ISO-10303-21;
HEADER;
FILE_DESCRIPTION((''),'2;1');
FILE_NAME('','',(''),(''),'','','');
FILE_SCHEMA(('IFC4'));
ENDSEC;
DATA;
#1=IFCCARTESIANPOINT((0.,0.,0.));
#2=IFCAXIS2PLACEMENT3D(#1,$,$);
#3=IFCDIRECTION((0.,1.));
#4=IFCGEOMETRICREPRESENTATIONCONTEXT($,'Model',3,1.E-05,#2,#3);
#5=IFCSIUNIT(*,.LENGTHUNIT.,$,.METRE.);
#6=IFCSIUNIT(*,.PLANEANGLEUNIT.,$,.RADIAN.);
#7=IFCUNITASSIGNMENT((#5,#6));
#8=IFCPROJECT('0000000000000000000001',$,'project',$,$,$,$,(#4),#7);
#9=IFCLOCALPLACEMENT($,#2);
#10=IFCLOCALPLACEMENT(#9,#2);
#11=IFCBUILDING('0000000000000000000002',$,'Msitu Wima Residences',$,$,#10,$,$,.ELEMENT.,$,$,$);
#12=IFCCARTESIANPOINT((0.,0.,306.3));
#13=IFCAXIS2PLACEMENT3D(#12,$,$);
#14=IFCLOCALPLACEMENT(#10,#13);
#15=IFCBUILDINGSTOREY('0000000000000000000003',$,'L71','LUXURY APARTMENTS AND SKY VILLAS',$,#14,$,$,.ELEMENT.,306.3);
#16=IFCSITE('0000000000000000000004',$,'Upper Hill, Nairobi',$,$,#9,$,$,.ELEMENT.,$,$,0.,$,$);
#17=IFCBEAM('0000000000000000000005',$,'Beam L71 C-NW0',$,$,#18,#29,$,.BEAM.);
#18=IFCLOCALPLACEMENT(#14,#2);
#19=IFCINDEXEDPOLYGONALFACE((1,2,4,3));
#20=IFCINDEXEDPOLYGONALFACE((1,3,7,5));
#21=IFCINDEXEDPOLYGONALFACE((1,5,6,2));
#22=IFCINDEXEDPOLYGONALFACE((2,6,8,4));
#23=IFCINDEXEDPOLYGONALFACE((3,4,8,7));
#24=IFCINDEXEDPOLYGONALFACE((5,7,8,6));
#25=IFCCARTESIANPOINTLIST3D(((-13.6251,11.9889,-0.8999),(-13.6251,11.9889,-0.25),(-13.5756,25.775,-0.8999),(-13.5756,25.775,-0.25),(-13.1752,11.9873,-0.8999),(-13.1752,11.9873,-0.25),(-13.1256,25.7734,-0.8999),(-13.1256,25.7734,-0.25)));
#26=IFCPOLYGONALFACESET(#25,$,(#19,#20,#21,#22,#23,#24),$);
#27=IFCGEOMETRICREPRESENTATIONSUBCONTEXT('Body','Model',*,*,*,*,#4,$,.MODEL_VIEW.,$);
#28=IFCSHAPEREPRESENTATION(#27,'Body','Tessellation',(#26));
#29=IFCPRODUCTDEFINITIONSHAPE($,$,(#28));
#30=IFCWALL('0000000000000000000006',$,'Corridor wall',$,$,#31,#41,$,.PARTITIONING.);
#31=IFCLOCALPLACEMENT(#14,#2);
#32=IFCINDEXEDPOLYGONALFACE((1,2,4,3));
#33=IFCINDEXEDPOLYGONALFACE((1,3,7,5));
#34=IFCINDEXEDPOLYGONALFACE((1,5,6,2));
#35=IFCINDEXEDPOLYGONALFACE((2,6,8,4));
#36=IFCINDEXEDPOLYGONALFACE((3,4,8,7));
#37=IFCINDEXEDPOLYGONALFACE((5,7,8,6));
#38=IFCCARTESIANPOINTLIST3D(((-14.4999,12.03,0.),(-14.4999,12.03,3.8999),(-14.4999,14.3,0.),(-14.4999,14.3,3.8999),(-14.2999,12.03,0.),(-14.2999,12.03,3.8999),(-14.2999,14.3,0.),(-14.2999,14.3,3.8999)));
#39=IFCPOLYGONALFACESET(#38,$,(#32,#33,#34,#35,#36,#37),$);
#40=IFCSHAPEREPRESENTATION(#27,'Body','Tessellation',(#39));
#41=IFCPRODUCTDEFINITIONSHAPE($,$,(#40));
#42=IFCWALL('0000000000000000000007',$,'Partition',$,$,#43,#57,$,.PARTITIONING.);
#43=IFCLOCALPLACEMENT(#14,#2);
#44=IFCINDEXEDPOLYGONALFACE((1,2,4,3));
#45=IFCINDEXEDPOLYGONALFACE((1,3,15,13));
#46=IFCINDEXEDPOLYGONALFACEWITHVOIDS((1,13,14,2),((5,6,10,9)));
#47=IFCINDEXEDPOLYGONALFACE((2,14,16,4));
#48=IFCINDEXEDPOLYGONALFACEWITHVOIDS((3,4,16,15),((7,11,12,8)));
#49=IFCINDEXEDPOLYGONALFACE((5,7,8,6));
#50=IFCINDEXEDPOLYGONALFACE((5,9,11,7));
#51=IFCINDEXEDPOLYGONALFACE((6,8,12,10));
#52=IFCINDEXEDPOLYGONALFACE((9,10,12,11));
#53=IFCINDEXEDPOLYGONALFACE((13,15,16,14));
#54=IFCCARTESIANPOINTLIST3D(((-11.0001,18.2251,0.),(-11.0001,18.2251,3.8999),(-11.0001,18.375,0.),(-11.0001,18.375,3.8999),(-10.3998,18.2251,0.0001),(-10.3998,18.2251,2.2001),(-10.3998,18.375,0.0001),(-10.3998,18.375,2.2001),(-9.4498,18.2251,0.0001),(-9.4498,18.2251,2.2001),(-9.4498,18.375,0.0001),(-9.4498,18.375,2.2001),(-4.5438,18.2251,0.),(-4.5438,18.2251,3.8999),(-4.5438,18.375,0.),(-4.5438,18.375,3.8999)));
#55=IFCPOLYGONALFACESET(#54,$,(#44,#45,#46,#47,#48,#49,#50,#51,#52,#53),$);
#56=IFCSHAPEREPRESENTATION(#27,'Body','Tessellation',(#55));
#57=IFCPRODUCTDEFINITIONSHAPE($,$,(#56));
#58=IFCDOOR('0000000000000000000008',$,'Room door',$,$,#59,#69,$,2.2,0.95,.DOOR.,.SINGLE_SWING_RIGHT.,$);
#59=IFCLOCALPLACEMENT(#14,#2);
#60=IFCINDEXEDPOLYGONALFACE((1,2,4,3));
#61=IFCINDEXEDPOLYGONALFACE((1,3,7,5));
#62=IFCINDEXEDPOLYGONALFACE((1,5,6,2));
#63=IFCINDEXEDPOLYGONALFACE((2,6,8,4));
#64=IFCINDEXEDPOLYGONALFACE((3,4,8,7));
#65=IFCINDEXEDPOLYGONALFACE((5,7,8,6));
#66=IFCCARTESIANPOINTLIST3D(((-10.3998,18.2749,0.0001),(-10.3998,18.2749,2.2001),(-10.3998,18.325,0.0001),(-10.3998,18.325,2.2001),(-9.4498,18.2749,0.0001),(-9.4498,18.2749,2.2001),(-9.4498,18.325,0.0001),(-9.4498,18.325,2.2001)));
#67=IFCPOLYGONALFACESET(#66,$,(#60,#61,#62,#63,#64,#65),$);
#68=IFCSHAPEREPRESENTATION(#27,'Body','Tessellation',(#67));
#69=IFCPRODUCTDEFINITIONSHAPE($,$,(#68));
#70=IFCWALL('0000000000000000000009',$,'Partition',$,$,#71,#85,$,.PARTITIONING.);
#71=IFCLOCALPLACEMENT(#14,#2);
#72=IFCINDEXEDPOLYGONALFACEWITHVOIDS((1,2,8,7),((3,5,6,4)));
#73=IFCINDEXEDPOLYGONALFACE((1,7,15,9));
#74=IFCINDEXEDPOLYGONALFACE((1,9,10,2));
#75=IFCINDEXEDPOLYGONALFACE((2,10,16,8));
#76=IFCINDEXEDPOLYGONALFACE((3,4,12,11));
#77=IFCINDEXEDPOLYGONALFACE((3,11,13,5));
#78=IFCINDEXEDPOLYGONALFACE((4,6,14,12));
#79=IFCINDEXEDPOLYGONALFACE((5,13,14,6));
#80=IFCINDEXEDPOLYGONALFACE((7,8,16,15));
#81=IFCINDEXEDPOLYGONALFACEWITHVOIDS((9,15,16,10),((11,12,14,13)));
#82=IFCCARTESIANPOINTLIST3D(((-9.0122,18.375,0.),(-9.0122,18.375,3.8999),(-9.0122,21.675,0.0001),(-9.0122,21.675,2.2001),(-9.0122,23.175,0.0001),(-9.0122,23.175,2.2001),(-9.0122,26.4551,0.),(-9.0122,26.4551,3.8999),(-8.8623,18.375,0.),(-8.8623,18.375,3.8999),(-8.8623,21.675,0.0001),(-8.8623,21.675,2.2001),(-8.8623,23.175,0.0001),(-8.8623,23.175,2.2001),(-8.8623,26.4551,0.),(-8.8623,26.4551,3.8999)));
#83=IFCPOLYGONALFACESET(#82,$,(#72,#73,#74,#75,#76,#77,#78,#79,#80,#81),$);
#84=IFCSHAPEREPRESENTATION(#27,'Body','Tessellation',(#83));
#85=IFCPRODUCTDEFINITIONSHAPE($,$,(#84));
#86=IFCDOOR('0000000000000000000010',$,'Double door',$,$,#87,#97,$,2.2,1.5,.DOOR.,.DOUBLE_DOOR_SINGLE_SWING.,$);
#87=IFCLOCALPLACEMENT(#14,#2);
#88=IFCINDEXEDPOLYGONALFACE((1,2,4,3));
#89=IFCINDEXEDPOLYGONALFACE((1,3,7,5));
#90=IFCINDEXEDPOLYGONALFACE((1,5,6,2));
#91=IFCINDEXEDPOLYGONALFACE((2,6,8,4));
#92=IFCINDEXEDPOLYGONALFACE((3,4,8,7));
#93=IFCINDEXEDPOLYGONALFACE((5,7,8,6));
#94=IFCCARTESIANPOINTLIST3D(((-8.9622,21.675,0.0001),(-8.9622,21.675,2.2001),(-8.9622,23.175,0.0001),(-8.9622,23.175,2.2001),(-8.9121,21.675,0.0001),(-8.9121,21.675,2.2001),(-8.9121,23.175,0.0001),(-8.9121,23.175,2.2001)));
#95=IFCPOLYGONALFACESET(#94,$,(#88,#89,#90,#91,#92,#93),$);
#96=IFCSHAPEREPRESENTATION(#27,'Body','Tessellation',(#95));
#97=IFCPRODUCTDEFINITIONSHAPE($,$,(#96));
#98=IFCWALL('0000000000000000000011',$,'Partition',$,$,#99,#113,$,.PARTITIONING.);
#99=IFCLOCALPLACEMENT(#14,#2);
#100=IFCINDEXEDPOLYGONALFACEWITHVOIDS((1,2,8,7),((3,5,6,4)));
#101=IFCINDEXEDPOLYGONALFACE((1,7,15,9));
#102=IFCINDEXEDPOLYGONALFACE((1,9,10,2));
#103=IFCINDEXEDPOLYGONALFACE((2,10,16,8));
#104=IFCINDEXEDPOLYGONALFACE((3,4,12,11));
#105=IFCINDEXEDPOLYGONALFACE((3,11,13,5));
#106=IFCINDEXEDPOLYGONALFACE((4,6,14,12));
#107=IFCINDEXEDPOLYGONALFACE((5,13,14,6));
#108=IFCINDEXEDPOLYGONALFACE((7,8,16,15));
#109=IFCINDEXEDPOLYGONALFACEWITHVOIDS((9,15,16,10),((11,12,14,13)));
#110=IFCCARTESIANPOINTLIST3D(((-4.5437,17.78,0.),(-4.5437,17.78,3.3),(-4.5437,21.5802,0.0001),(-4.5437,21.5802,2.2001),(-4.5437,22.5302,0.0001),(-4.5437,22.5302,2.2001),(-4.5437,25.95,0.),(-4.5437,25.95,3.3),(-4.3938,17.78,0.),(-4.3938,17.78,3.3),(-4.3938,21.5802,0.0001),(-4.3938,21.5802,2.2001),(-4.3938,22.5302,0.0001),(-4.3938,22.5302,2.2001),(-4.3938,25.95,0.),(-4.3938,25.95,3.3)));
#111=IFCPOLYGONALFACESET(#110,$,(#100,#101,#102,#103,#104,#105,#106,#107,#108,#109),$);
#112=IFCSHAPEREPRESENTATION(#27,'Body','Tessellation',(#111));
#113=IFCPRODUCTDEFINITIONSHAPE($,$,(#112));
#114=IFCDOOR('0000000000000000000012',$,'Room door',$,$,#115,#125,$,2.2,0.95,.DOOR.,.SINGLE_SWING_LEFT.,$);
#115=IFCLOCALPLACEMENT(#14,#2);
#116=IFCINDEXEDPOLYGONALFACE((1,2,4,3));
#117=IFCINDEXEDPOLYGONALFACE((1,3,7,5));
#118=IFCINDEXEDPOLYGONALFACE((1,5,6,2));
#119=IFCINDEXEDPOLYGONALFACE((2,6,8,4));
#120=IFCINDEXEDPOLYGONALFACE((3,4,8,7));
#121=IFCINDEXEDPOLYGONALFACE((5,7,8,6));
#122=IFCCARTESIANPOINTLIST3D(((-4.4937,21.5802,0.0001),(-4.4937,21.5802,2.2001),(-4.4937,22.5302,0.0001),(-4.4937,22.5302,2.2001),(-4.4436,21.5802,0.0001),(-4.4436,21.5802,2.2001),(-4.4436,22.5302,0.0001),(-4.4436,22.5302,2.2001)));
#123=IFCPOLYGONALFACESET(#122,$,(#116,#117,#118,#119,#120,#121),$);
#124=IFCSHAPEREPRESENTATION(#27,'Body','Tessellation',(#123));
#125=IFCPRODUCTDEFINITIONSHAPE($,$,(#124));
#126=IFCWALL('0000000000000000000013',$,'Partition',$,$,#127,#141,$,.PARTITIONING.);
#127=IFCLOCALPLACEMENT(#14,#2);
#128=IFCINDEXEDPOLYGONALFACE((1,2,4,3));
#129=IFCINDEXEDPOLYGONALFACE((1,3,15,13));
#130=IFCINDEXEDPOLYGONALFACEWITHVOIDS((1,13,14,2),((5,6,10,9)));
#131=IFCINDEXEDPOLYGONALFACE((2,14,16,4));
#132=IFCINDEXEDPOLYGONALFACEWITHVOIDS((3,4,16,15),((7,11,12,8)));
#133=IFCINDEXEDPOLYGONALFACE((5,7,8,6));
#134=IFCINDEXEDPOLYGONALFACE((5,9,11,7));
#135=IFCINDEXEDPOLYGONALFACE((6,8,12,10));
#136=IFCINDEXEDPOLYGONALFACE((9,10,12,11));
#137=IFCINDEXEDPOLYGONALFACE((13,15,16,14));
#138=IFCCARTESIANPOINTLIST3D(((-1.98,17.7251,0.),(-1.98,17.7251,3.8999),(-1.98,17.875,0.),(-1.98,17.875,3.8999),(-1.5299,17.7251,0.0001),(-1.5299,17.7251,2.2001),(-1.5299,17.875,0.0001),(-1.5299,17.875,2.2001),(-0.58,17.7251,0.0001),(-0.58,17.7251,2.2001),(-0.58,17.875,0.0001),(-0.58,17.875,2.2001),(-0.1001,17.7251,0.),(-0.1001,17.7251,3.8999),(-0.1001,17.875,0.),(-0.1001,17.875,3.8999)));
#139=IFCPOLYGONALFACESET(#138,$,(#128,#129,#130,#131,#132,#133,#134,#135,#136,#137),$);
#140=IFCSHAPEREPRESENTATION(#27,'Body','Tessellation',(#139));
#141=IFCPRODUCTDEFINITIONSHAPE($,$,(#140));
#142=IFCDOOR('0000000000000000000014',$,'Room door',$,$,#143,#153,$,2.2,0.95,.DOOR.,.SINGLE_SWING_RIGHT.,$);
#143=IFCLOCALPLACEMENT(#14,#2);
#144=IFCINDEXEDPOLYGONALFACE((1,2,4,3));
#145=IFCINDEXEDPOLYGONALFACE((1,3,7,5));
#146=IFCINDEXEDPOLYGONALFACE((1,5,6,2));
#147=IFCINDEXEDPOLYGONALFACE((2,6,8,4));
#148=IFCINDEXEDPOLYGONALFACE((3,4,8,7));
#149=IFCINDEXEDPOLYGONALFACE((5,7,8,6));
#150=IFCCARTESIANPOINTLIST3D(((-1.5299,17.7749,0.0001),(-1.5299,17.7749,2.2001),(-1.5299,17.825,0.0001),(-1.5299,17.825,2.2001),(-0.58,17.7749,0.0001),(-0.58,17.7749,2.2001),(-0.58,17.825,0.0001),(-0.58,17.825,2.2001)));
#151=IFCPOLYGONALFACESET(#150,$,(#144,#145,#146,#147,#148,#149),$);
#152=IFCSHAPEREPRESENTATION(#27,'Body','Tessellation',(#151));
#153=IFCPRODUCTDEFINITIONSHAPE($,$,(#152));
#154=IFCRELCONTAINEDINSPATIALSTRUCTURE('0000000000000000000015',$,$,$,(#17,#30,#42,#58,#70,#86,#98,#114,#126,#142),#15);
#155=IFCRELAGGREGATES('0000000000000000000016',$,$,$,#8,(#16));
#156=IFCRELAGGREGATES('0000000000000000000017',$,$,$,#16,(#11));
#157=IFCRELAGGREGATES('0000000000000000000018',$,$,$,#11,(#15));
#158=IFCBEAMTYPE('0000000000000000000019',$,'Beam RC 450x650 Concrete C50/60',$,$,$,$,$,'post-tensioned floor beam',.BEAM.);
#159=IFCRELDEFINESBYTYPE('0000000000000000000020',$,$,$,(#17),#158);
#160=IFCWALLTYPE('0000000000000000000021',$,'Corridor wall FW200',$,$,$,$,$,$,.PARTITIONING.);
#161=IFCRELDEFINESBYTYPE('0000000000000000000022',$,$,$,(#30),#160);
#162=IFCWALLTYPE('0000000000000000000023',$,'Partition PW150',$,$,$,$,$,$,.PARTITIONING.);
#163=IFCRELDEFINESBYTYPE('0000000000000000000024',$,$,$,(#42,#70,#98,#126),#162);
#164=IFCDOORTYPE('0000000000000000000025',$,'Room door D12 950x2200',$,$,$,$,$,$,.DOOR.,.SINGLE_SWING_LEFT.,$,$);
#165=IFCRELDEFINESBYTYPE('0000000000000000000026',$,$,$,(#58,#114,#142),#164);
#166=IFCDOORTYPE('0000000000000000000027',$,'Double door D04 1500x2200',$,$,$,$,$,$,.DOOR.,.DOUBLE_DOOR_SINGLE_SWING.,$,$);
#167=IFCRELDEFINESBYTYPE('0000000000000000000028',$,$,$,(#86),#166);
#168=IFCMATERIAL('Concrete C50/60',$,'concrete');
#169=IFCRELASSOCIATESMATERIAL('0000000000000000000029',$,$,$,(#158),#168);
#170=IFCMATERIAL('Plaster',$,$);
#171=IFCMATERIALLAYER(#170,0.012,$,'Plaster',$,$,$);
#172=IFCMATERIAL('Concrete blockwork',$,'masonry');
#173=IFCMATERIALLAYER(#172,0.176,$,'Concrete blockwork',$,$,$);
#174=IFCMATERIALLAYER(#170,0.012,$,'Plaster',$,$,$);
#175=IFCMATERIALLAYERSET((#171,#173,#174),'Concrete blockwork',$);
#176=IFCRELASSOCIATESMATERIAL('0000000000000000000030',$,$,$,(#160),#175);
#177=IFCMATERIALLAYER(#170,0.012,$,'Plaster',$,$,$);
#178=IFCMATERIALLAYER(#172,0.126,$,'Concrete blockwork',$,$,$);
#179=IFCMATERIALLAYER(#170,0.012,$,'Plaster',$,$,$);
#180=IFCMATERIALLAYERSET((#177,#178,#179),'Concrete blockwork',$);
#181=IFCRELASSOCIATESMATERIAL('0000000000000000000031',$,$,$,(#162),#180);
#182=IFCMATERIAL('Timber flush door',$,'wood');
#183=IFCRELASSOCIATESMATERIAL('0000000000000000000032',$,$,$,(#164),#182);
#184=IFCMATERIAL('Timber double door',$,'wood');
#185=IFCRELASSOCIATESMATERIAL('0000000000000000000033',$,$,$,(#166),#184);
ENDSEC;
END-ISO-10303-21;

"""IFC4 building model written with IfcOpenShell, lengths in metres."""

from ifc_helpers import new_model, si_unit, direction, frame, frame_2d, origin, origin_2d, place, context, subcontext, project, spatial, rectangle, extrude, material, layer, layer_set, material_profile, profile_set, type_object, element, fill, save


model = new_model("IFC4")

# Units and contexts
model_context = context("Model", 3, precision=1e-05, world=origin(), true_north=direction((0.0, 1.0)))
body_context = subcontext(model_context, "Body", "Model", "MODEL_VIEW")
ifc_project = project(units=[si_unit("LENGTHUNIT", "METRE"), si_unit("PLANEANGLEUNIT", "RADIAN")], contexts=[model_context])

# Site, building, storey
site_placement = place(None, origin())
site = spatial("IfcSite", under=ifc_project, at=site_placement, Name="Upper Hill, Nairobi", CompositionType="ELEMENT", RefElevation=0.0)
building_placement = place(site_placement, origin())
building = spatial("IfcBuilding", under=site, at=building_placement, Name="Msitu Wima Residences", CompositionType="ELEMENT")
storey_placement = place(building_placement, frame((0.0, 0.0, 306.3)))
storey = spatial("IfcBuildingStorey", under=building, at=storey_placement, Name="L71", Description="LUXURY APARTMENTS AND SKY VILLAS", CompositionType="ELEMENT", Elevation=306.3)

# Beam
ifc_material_1 = material(Name="Concrete C50/60", Category="concrete")
ifc_material_profile = material_profile(ifc_material_1, rectangle(XDim=0.45, YDim=0.6499, at=origin_2d()), Name="RC 450x650")
ifc_profile_set = profile_set([ifc_material_profile], Name="Concrete C50/60")
beam_type = type_object("IfcBeamType", Name="Beam RC 450x650 Concrete C50/60", ElementType="post-tensioned floor beam", PredefinedType="BEAM", material=ifc_profile_set)
beam_placement = place(storey_placement, frame((-13.3506, 25.7742, -0.575), z_axis=(-0.003595, -0.999994, 0.0), x_axis=(0.999994, -0.003595, 0.0)))
element("IfcBeam", 1, at=beam_placement, inside=storey, type_object=beam_type, Name="Beam L71 C-NW0", PredefinedType="BEAM", context=body_context, shape_type="SweptSolid", body=[
    extrude(rectangle(XDim=0.45, YDim=0.6499, at=origin_2d()), origin(), (0.0, 0.0, 1.0), 13.7861),
])

# Wall
ifc_material_2 = material(Name="Plaster")
ifc_layer_1 = layer(ifc_material_2, 0.012, Name="Plaster")
ifc_material_3 = material(Name="Concrete blockwork", Category="masonry")
ifc_layer_2 = layer(ifc_material_3, 0.176, Name="Concrete blockwork")
ifc_layer_3 = layer(ifc_material_2, 0.012, Name="Plaster")
ifc_layer_set_1 = layer_set([ifc_layer_1, ifc_layer_2, ifc_layer_3], Name="Concrete blockwork")
wall_type_1 = type_object("IfcWallType", Name="Corridor wall FW200", PredefinedType="PARTITIONING", material=ifc_layer_set_1)
wall_1_placement = place(storey_placement, frame((-14.3999, 12.03, 0.0), z_axis=(0.0, 0.0, 1.0), x_axis=(0.0, 1.0, 0.0)))
element("IfcWall", 2, at=wall_1_placement, inside=storey, type_object=wall_type_1, Name="Corridor wall", PredefinedType="PARTITIONING", context=body_context, shape_type="SweptSolid", body=[
    extrude(rectangle(XDim=2.27, YDim=0.2, at=frame_2d((1.135, 0.0))), origin(), (0.0, 0.0, 1.0), 3.8999),
])

# Walls, openings, doors
ifc_layer_4 = layer(ifc_material_2, 0.012, Name="Plaster")
ifc_layer_5 = layer(ifc_material_3, 0.126, Name="Concrete blockwork")
ifc_layer_6 = layer(ifc_material_2, 0.012, Name="Plaster")
ifc_layer_set_2 = layer_set([ifc_layer_4, ifc_layer_5, ifc_layer_6], Name="Concrete blockwork")
wall_type_2 = type_object("IfcWallType", Name="Partition PW150", PredefinedType="PARTITIONING", material=ifc_layer_set_2)
wall_2_placement = place(storey_placement, frame((-11.0, 18.3, 0.0), z_axis=(0.0, 0.0, 1.0), x_axis=(1.0, 0.0, 0.0)))
wall_2 = element("IfcWall", 3, at=wall_2_placement, inside=storey, type_object=wall_type_2, Name="Partition", PredefinedType="PARTITIONING", context=body_context, shape_type="SweptSolid", body=[
    extrude(rectangle(XDim=6.4563, YDim=0.1499, at=frame_2d((3.228, 0.0))), origin(), (0.0, 0.0, 1.0), 3.8999),
])
opening_1_placement = place(wall_2_placement, frame((0.6001, 0.0, 0.0)))
opening_1 = element("IfcOpeningElement", 4, at=opening_1_placement, cuts=wall_2, PredefinedType="OPENING", context=body_context, shape_type="SweptSolid", body=[
    extrude(rectangle(XDim=0.95, YDim=2.2, at=frame_2d((0.4751, 1.1001))), frame((0.0, 0.085, 0.0), z_axis=(0.0, -1.0, 0.0), x_axis=(1.0, 0.0, 0.0)), (0.0, 0.0, 1.0), 0.1699),
])
ifc_material_4 = material(Name="Timber flush door", Category="wood")
door_type_1 = type_object("IfcDoorType", Name="Room door D12 950x2200", OperationType="SINGLE_SWING_LEFT", PredefinedType="DOOR", material=ifc_material_4)
door_1_placement = place(opening_1_placement, origin())
door_1 = element("IfcDoor", 5, at=door_1_placement, inside=storey, type_object=door_type_1, Name="Room door", OperationType="SINGLE_SWING_RIGHT", OverallHeight=2.2, OverallWidth=0.95, PredefinedType="DOOR", context=body_context, shape_type="SweptSolid", body=[
    extrude(rectangle(XDim=0.95, YDim=2.2, at=frame_2d((0.4751, 1.1001))), frame((0.0, 0.0249, 0.0), z_axis=(0.0, -1.0, 0.0), x_axis=(1.0, 0.0, 0.0)), (0.0, 0.0, 1.0), 0.05),
])
fill(opening_1, door_1)
wall_3_placement = place(storey_placement, frame((-8.9373, 18.375, 0.0), z_axis=(0.0, 0.0, 1.0), x_axis=(0.0, 1.0, 0.0)))
wall_3 = element("IfcWall", 6, at=wall_3_placement, inside=storey, type_object=wall_type_2, Name="Partition", PredefinedType="PARTITIONING", context=body_context, shape_type="SweptSolid", body=[
    extrude(rectangle(XDim=8.0801, YDim=0.1499, at=frame_2d((4.04, 0.0))), origin(), (0.0, 0.0, 1.0), 3.8999),
])
opening_2_placement = place(wall_3_placement, frame((3.3, 0.0, 0.0)))
opening_2 = element("IfcOpeningElement", 7, at=opening_2_placement, cuts=wall_3, PredefinedType="OPENING", context=body_context, shape_type="SweptSolid", body=[
    extrude(rectangle(XDim=1.5, YDim=2.2, at=frame_2d((0.75, 1.1001))), frame((0.0, 0.085, 0.0), z_axis=(0.0, -1.0, 0.0), x_axis=(1.0, 0.0, 0.0)), (0.0, 0.0, 1.0), 0.1699),
])
ifc_material_5 = material(Name="Timber double door", Category="wood")
door_type_2 = type_object("IfcDoorType", Name="Double door D04 1500x2200", OperationType="DOUBLE_DOOR_SINGLE_SWING", PredefinedType="DOOR", material=ifc_material_5)
door_2_placement = place(opening_2_placement, origin())
door_2 = element("IfcDoor", 8, at=door_2_placement, inside=storey, type_object=door_type_2, Name="Double door", OperationType="DOUBLE_DOOR_SINGLE_SWING", OverallHeight=2.2, OverallWidth=1.5, PredefinedType="DOOR", context=body_context, shape_type="SweptSolid", body=[
    extrude(rectangle(XDim=1.5, YDim=2.2, at=frame_2d((0.75, 1.1001))), frame((0.0, 0.0249, 0.0), z_axis=(0.0, -1.0, 0.0), x_axis=(1.0, 0.0, 0.0)), (0.0, 0.0, 1.0), 0.05),
])
fill(opening_2, door_2)
wall_4_placement = place(storey_placement, frame((-4.4688, 17.78, 0.0), z_axis=(0.0, 0.0, 1.0), x_axis=(0.0, 1.0, 0.0)))
wall_4 = element("IfcWall", 9, at=wall_4_placement, inside=storey, type_object=wall_type_2, Name="Partition", PredefinedType="PARTITIONING", context=body_context, shape_type="SweptSolid", body=[
    extrude(rectangle(XDim=8.1699, YDim=0.1499, at=frame_2d((4.085, 0.0))), origin(), (0.0, 0.0, 1.0), 3.3),
])
opening_3_placement = place(wall_4_placement, frame((3.8, 0.0, 0.0)))
opening_3 = element("IfcOpeningElement", 10, at=opening_3_placement, cuts=wall_4, PredefinedType="OPENING", context=body_context, shape_type="SweptSolid", body=[
    extrude(rectangle(XDim=0.95, YDim=2.2, at=frame_2d((0.4751, 1.1001))), frame((0.0, 0.085, 0.0), z_axis=(0.0, -1.0, 0.0), x_axis=(1.0, 0.0, 0.0)), (0.0, 0.0, 1.0), 0.1699),
])
door_3_placement = place(opening_3_placement, origin())
door_3 = element("IfcDoor", 11, at=door_3_placement, inside=storey, type_object=door_type_1, Name="Room door", OperationType="SINGLE_SWING_LEFT", OverallHeight=2.2, OverallWidth=0.95, PredefinedType="DOOR", context=body_context, shape_type="SweptSolid", body=[
    extrude(rectangle(XDim=0.95, YDim=2.2, at=frame_2d((0.4751, 1.1001))), frame((0.0, 0.0249, 0.0), z_axis=(0.0, -1.0, 0.0), x_axis=(1.0, 0.0, 0.0)), (0.0, 0.0, 1.0), 0.05),
])
fill(opening_3, door_3)
wall_5_placement = place(storey_placement, frame((-1.98, 17.8, 0.0), z_axis=(0.0, 0.0, 1.0), x_axis=(1.0, 0.0, 0.0)))
wall_5 = element("IfcWall", 12, at=wall_5_placement, inside=storey, type_object=wall_type_2, Name="Partition", PredefinedType="PARTITIONING", context=body_context, shape_type="SweptSolid", body=[
    extrude(rectangle(XDim=1.8799, YDim=0.1499, at=frame_2d((0.9399, 0.0))), origin(), (0.0, 0.0, 1.0), 3.8999),
])
opening_4_placement = place(wall_5_placement, frame((0.45, 0.0, 0.0)))
opening_4 = element("IfcOpeningElement", 13, at=opening_4_placement, cuts=wall_5, PredefinedType="OPENING", context=body_context, shape_type="SweptSolid", body=[
    extrude(rectangle(XDim=0.95, YDim=2.2, at=frame_2d((0.4751, 1.1001))), frame((0.0, 0.085, 0.0), z_axis=(0.0, -1.0, 0.0), x_axis=(1.0, 0.0, 0.0)), (0.0, 0.0, 1.0), 0.1699),
])
door_4_placement = place(opening_4_placement, origin())
door_4 = element("IfcDoor", 14, at=door_4_placement, inside=storey, type_object=door_type_1, Name="Room door", OperationType="SINGLE_SWING_RIGHT", OverallHeight=2.2, OverallWidth=0.95, PredefinedType="DOOR", context=body_context, shape_type="SweptSolid", body=[
    extrude(rectangle(XDim=0.95, YDim=2.2, at=frame_2d((0.4751, 1.1001))), frame((0.0, 0.0249, 0.0), z_axis=(0.0, -1.0, 0.0), x_axis=(1.0, 0.0, 0.0)), (0.0, 0.0, 1.0), 0.05),
])
fill(opening_4, door_4)

save(model, "model.ifc")
